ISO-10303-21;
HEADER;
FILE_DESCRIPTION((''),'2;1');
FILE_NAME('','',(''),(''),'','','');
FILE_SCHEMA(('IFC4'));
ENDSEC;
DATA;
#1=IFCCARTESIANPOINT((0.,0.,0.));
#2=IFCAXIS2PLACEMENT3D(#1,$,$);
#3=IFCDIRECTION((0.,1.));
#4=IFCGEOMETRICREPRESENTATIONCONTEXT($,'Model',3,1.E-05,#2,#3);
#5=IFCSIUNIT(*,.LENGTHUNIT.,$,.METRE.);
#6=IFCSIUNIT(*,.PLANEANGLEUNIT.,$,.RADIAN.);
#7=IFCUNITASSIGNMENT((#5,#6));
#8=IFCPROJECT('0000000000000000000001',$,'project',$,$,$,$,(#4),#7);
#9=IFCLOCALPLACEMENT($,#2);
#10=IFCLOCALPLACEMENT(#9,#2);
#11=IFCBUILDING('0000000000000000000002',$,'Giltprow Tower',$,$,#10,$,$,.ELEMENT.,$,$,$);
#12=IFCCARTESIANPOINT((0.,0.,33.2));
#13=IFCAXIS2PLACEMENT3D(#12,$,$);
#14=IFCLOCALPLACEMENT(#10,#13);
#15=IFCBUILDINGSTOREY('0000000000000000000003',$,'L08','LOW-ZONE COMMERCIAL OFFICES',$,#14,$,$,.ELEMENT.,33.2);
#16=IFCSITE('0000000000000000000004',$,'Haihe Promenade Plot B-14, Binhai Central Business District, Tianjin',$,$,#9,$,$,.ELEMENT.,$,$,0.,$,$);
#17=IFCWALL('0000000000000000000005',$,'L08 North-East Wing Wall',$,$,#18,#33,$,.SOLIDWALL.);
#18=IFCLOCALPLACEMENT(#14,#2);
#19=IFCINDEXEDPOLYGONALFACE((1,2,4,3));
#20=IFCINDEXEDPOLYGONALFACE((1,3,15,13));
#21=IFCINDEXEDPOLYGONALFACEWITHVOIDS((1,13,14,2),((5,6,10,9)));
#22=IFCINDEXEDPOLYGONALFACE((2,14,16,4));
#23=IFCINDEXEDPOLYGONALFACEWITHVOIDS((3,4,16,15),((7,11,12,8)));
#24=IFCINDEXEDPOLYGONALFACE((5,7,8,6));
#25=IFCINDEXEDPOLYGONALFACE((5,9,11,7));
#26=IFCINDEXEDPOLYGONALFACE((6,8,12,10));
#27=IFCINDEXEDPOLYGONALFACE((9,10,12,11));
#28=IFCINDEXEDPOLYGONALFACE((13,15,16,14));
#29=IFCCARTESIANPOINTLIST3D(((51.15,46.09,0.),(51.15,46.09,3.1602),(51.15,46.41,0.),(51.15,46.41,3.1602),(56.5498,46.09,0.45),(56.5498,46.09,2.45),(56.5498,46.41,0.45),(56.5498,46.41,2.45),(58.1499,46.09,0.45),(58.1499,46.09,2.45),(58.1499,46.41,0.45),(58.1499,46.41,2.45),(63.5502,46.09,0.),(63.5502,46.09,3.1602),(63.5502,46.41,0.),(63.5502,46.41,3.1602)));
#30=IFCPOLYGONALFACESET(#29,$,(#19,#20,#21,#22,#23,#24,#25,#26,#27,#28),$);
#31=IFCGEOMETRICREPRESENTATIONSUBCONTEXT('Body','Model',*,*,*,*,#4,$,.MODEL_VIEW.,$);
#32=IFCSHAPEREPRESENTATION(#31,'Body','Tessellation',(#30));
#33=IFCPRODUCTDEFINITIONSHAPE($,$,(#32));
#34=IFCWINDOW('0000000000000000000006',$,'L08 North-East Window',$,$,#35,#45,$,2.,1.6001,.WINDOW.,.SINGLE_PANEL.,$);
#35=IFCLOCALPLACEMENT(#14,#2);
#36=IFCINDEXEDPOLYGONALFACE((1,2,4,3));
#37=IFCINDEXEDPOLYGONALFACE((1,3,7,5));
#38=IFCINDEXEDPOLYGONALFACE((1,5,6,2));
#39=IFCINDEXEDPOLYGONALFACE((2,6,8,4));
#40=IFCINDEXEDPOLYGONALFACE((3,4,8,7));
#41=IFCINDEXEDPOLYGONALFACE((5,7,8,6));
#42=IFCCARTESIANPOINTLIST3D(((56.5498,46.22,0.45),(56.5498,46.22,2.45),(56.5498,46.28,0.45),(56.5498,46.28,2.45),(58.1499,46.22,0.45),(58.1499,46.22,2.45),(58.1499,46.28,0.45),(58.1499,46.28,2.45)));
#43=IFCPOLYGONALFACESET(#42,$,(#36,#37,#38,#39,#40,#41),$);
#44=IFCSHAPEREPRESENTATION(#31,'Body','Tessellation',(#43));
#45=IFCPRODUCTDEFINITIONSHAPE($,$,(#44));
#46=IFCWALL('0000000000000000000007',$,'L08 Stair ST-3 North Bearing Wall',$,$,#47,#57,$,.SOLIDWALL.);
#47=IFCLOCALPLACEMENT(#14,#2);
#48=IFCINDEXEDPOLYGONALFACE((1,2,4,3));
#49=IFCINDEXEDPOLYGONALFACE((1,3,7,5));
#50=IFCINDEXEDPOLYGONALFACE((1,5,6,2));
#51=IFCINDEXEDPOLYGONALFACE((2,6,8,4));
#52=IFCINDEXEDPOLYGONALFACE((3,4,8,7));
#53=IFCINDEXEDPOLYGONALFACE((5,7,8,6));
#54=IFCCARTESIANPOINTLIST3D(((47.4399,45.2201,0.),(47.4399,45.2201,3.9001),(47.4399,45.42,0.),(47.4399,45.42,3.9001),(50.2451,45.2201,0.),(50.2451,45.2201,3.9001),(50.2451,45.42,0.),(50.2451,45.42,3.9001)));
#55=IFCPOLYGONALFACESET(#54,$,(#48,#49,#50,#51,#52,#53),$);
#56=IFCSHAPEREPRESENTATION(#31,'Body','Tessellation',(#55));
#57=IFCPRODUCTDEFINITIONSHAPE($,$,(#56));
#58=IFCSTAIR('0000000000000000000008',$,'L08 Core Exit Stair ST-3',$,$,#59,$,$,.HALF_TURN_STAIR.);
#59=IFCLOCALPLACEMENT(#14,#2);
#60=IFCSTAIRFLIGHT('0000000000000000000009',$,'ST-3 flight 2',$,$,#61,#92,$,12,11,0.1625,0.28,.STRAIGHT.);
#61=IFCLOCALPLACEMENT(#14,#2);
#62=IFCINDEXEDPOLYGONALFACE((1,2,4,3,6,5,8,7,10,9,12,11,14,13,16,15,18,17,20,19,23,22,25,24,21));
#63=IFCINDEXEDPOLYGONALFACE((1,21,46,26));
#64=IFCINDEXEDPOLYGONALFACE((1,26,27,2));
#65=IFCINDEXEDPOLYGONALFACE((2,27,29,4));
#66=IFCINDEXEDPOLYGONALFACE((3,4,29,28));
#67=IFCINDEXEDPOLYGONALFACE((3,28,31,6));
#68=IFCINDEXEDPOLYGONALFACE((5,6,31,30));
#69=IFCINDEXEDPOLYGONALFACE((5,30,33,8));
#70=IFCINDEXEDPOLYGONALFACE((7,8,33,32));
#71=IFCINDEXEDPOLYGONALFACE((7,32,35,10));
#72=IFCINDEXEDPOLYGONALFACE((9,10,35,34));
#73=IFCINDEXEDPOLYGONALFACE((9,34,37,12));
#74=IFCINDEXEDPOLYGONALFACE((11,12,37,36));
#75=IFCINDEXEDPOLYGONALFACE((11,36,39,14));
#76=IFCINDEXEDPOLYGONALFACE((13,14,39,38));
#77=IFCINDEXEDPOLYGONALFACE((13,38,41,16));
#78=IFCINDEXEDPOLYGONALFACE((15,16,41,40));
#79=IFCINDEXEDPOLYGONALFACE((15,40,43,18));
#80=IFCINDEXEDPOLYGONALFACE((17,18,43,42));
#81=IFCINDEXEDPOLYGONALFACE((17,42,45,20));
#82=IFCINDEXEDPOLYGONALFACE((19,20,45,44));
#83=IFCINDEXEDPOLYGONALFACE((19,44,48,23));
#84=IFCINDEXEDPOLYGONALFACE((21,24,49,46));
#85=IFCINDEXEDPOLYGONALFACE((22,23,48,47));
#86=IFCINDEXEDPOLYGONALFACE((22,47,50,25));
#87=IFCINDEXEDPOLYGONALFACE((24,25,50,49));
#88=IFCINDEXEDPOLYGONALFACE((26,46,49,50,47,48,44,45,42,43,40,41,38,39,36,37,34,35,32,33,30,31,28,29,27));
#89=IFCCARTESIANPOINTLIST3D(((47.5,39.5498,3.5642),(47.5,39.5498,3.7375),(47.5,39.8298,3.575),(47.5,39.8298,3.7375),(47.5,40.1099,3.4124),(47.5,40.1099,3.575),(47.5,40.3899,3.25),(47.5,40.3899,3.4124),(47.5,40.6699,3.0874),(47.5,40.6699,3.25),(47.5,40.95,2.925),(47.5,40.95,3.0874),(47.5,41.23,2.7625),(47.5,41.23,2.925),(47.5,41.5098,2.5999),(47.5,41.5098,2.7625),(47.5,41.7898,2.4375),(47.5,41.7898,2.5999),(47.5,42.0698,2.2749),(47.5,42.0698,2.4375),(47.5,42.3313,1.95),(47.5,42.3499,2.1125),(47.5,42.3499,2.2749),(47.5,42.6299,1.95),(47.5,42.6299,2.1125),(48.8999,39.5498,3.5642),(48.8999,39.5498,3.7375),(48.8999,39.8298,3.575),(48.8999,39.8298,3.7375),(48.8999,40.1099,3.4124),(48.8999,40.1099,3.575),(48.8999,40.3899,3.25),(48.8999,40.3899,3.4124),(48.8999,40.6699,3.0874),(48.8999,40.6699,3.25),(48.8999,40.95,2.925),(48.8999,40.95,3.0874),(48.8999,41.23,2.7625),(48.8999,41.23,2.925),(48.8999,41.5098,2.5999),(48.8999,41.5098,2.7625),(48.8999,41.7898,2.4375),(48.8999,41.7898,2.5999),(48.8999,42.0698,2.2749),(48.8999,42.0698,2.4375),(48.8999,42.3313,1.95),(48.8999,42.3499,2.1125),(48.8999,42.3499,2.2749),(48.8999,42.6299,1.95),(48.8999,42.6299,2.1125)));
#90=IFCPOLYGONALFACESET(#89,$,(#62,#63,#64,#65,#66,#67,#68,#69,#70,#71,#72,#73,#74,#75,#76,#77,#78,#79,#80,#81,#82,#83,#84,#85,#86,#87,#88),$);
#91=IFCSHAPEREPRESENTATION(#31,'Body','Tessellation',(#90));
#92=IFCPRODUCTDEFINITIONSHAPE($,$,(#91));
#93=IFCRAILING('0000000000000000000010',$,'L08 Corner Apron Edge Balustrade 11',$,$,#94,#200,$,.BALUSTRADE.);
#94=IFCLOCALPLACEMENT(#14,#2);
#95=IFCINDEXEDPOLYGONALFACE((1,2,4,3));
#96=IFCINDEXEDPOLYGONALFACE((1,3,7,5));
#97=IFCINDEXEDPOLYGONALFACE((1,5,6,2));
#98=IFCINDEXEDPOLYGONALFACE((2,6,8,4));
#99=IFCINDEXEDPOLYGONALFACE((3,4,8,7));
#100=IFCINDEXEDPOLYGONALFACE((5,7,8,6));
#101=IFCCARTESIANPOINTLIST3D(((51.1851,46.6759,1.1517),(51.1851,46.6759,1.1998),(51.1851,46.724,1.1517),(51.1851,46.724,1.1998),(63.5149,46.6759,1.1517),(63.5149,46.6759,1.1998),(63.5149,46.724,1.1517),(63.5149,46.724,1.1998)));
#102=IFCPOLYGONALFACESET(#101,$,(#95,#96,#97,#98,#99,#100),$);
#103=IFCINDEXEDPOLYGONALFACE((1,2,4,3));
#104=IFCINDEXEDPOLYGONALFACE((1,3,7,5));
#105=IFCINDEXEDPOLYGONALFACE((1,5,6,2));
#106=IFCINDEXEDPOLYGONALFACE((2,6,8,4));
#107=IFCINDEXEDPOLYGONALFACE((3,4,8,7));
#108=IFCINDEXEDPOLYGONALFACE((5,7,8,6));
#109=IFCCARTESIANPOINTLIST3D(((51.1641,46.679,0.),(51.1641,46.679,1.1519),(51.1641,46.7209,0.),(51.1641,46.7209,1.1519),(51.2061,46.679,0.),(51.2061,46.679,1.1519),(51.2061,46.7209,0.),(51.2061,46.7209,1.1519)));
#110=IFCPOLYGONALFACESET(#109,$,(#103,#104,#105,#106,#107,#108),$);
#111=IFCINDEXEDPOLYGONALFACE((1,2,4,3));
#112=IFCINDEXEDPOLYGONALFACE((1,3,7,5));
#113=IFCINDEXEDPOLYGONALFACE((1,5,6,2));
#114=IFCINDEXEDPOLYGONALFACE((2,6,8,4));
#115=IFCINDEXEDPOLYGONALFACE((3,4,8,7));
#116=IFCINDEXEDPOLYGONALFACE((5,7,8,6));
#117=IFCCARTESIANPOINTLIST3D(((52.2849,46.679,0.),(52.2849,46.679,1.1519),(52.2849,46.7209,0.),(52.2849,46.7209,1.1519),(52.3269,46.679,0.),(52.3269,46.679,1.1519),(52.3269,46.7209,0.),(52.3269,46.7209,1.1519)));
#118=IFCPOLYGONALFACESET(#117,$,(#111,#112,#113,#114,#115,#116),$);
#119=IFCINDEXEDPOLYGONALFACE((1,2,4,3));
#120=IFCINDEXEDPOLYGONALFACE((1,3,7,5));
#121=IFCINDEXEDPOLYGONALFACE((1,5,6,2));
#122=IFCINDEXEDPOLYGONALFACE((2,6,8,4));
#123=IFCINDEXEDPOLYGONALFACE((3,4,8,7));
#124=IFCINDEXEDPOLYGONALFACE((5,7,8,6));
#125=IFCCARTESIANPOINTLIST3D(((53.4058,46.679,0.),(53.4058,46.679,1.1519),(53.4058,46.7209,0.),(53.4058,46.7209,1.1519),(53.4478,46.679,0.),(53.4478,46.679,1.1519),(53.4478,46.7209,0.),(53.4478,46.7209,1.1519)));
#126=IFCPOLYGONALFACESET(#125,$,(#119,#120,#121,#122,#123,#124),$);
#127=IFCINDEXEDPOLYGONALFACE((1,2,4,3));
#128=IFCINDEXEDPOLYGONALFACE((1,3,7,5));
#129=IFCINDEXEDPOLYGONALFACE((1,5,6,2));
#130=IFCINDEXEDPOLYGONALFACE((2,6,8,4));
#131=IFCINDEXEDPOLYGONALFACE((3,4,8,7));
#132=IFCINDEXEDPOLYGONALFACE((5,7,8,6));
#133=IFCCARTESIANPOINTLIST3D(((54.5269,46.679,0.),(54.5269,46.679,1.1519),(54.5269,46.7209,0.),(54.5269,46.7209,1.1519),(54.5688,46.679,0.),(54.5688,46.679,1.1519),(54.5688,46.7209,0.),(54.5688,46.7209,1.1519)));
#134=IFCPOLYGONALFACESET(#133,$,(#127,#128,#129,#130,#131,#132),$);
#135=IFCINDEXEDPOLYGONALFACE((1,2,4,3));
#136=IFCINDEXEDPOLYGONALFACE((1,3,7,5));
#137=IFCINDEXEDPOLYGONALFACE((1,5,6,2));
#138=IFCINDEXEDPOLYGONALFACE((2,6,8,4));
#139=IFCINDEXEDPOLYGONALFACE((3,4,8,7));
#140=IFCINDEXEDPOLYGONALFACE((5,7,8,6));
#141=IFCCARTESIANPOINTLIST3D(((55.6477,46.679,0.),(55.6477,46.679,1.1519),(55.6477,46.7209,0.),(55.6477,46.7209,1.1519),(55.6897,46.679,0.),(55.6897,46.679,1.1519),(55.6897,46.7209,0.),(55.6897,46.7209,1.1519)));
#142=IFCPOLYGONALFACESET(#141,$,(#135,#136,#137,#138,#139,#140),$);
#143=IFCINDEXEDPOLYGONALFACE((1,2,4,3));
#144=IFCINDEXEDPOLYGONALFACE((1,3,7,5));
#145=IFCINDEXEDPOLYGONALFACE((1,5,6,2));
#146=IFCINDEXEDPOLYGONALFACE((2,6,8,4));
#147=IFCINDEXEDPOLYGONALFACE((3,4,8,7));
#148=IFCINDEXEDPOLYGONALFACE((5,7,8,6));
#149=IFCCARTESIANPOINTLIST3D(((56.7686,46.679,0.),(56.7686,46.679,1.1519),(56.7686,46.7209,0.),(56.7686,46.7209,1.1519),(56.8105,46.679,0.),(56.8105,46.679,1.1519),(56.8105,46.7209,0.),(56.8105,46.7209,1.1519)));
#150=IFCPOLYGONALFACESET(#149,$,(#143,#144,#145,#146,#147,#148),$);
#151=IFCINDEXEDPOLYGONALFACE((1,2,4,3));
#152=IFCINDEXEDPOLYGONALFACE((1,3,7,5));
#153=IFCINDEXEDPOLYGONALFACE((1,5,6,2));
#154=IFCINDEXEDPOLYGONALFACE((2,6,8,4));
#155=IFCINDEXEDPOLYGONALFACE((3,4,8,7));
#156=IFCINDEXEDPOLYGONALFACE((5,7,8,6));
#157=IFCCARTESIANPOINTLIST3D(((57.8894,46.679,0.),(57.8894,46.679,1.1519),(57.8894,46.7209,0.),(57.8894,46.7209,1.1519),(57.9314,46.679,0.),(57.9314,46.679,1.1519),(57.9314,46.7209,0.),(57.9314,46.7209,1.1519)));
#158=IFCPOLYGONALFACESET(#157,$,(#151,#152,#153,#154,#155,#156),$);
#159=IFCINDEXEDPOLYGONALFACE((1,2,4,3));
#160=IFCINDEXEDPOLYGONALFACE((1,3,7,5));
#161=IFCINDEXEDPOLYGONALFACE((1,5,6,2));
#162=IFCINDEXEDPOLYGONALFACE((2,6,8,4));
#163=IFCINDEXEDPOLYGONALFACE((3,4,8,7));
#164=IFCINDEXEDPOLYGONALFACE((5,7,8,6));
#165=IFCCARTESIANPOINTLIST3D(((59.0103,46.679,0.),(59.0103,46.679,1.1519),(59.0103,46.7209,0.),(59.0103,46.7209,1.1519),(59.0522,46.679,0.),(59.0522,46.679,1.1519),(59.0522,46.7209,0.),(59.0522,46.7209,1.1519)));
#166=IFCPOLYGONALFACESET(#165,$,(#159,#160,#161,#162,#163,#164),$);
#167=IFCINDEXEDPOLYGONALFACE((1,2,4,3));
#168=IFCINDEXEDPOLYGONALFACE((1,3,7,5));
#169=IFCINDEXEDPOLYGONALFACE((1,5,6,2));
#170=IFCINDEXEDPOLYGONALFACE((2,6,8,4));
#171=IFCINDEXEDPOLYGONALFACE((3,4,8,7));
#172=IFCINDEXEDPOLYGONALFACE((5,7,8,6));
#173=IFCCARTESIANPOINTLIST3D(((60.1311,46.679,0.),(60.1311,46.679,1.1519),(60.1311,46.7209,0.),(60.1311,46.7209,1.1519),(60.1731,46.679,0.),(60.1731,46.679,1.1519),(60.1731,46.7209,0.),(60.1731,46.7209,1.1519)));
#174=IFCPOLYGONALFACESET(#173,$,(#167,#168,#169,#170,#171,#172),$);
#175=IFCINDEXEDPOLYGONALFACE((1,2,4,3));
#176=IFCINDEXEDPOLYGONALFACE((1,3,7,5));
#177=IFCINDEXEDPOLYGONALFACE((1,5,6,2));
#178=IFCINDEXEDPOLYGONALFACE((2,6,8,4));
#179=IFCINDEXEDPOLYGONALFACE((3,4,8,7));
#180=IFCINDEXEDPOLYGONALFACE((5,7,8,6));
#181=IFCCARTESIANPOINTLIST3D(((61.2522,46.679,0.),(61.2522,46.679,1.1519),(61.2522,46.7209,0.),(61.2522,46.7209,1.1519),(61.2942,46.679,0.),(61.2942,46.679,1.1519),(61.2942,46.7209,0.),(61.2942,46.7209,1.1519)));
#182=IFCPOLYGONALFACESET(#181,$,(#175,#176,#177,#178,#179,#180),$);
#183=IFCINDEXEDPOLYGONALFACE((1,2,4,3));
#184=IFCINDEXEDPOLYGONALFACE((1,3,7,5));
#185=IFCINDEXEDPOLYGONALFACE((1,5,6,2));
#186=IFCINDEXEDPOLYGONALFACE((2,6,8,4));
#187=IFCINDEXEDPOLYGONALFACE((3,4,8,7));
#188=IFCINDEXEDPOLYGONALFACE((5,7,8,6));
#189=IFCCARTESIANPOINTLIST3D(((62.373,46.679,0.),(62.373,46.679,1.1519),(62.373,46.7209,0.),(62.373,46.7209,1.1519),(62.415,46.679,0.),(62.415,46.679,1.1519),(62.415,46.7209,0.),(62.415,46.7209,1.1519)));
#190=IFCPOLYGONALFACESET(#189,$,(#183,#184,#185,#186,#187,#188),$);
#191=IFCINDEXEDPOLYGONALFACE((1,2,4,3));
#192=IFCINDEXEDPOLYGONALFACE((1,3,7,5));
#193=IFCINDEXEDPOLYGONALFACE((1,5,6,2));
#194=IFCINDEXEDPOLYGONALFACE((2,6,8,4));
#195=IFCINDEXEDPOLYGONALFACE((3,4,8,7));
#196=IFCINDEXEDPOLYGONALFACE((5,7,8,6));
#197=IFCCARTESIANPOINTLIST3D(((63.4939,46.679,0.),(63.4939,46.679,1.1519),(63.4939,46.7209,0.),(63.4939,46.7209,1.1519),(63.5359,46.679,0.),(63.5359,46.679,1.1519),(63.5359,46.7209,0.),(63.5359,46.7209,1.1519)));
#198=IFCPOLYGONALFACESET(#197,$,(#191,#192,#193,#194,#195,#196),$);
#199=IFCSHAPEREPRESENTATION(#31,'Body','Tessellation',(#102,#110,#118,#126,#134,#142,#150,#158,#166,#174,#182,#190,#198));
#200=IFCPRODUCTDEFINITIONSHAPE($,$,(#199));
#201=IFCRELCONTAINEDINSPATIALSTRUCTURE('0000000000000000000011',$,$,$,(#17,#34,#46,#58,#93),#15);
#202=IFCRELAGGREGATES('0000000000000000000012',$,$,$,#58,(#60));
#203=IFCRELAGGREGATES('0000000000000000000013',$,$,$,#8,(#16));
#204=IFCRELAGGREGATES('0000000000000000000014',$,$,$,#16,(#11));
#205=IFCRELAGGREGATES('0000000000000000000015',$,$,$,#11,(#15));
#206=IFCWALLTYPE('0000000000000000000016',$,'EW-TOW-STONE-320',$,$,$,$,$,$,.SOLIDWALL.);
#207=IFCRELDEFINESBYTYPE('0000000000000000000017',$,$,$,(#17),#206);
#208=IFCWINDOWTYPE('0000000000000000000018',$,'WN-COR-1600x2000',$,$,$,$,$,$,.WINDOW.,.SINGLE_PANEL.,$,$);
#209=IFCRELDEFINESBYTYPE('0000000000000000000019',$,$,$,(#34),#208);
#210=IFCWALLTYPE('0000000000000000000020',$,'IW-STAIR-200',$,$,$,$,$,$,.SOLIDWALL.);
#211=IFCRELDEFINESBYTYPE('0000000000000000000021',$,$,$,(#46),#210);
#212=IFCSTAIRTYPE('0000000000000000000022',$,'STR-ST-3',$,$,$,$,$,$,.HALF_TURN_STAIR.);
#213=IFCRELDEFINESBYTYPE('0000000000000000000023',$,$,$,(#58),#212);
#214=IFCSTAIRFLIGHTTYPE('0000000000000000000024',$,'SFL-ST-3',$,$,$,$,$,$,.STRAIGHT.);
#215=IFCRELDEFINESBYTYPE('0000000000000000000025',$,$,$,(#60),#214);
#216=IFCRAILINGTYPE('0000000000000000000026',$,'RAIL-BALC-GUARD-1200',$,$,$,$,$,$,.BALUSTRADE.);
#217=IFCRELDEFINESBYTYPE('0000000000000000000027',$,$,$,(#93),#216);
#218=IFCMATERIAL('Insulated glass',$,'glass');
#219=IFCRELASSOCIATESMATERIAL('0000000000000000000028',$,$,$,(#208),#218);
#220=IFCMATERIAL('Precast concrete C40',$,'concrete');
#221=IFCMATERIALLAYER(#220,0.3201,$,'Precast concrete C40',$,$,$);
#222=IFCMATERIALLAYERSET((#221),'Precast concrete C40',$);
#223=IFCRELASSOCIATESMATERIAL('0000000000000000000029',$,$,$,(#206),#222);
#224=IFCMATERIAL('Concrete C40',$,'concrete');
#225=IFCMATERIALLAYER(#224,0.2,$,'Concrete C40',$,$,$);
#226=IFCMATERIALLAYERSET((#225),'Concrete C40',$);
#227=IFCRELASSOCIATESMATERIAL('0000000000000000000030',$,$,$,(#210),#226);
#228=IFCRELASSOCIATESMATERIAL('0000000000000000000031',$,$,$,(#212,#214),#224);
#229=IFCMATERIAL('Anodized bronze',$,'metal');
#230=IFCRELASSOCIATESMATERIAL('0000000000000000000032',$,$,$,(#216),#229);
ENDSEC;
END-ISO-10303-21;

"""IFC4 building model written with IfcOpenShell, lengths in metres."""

from ifc_helpers import new_model, si_unit, direction, frame, frame_2d, origin, origin_2d, place, context, subcontext, project, spatial, polyline, rectangle, outline, extrude, source, transform, mapped, material, layer, layer_set, type_object, element, fill, aggregate, save


model = new_model("IFC4")

# Units and contexts
model_context = context("Model", 3, precision=1e-05, world=origin(), true_north=direction((0.0, 1.0)))
body_context = subcontext(model_context, "Body", "Model", "MODEL_VIEW")
ifc_project = project(units=[si_unit("LENGTHUNIT", "METRE"), si_unit("PLANEANGLEUNIT", "RADIAN")], contexts=[model_context])

# Site, building, storey
site_placement = place(None, origin())
site = spatial("IfcSite", under=ifc_project, at=site_placement, Name="Haihe Promenade Plot B-14, Binhai Central Business District, Tianjin", CompositionType="ELEMENT", RefElevation=0.0)
building_placement = place(site_placement, origin())
building = spatial("IfcBuilding", under=site, at=building_placement, Name="Giltprow Tower", CompositionType="ELEMENT")
storey_placement = place(building_placement, frame((0.0, 0.0, 33.2)))
storey = spatial("IfcBuildingStorey", under=building, at=storey_placement, Name="L08", Description="LOW-ZONE COMMERCIAL OFFICES", CompositionType="ELEMENT", Elevation=33.2)

# Wall, opening, window
ifc_material_1 = material(Name="Precast concrete C40", Category="concrete")
ifc_material_2 = material(Name="Insulated glass", Category="glass")
window_type = type_object("IfcWindowType", Name="WN-COR-1600x2000", PartitioningType="SINGLE_PANEL", PredefinedType="WINDOW", material=ifc_material_2)
shared_shape_1 = source(origin(), body_context, "Body", "SweptSolid", [
    extrude(rectangle(XDim=1.6001, YDim=2.0, at=frame_2d((0.8, 1.0))), frame((0.0, 0.03, 0.0), z_axis=(0.0, -1.0, 0.0), x_axis=(1.0, 0.0, 0.0)), (0.0, 0.0, 1.0), 0.0601),
])
ifc_layer_1 = layer(ifc_material_1, 0.3201, Name="Precast concrete C40")
ifc_layer_set_1 = layer_set([ifc_layer_1], Name="Precast concrete C40")
wall_type_1 = type_object("IfcWallType", Name="EW-TOW-STONE-320", PredefinedType="SOLIDWALL", material=ifc_layer_set_1)
wall_1_placement = place(storey_placement, frame((51.1499, 46.25, 0.0), z_axis=(0.0, 0.0, 1.0), x_axis=(1.0, 0.0, 0.0)))
wall_1 = element("IfcWall", 1, at=wall_1_placement, inside=storey, type_object=wall_type_1, Name="L08 North-East Wing Wall", PredefinedType="SOLIDWALL", context=body_context, shape_type="SweptSolid", body=[
    extrude(rectangle(XDim=12.4001, YDim=0.3201, at=frame_2d((6.2002, 0.0))), origin(), (0.0, 0.0, 1.0), 3.1602),
])
opening_1_placement = place(wall_1_placement, frame((5.3999, 0.0, 0.45)))
opening_1 = element("IfcOpeningElement", 2, at=opening_1_placement, cuts=wall_1, PredefinedType="OPENING", context=body_context, shape_type="SweptSolid", body=[
    extrude(rectangle(XDim=1.6001, YDim=2.0, at=frame_2d((0.8, 1.0))), frame((0.0, 0.1699, 0.0), z_axis=(0.0, -1.0, 0.0), x_axis=(1.0, 0.0, 0.0)), (0.0, 0.0, 1.0), 0.3401),
])
window_1_placement = place(opening_1_placement, origin())
window_1 = element("IfcWindow", 3, at=window_1_placement, inside=storey, type_object=window_type, Name="L08 North-East Window", OverallHeight=2.0, OverallWidth=1.6001, PartitioningType="SINGLE_PANEL", PredefinedType="WINDOW", context=body_context, shape_type="MappedRepresentation", body=[
    mapped(shared_shape_1, transform((0.0, 0.0, 0.0), x_axis=(1.0, 0.0, 0.0), y_axis=(0.0, 1.0, 0.0), z_axis=(0.0, 0.0, 1.0), scale=1.0)),
])
fill(opening_1, window_1)

# Wall
ifc_material_3 = material(Name="Concrete C40", Category="concrete")
ifc_layer_2 = layer(ifc_material_3, 0.2, Name="Concrete C40")
ifc_layer_set_2 = layer_set([ifc_layer_2], Name="Concrete C40")
wall_type_2 = type_object("IfcWallType", Name="IW-STAIR-200", PredefinedType="SOLIDWALL", material=ifc_layer_set_2)
wall_2_placement = place(storey_placement, frame((47.4399, 45.3201, 0.0), z_axis=(0.0, 0.0, 1.0), x_axis=(1.0, 0.0, 0.0)))
element("IfcWall", 4, at=wall_2_placement, inside=storey, type_object=wall_type_2, Name="L08 Stair ST-3 North Bearing Wall", PredefinedType="SOLIDWALL", context=body_context, shape_type="SweptSolid", body=[
    extrude(rectangle(XDim=2.8052, YDim=0.2, at=frame_2d((1.4026, 0.0))), origin(), (0.0, 0.0, 1.0), 3.9001),
])

# Stair, stair flight
stair_type = type_object("IfcStairType", Name="STR-ST-3", PredefinedType="HALF_TURN_STAIR", material=ifc_material_3)
stair_placement = place(storey_placement, origin())
stair = element("IfcStair", 5, at=stair_placement, inside=storey, type_object=stair_type, Name="L08 Core Exit Stair ST-3", PredefinedType="HALF_TURN_STAIR")
stair_flight_type = type_object("IfcStairFlightType", Name="SFL-ST-3", PredefinedType="STRAIGHT", material=ifc_material_3)
stair_flight_placement = place(storey_placement, frame((48.2, 42.6299, 1.95), z_axis=(0.0, 0.0, 1.0), x_axis=(0.0, -1.0, 0.0)))
stair_flight = element("IfcStairFlight", 6, at=stair_flight_placement, type_object=stair_flight_type, Name="ST-3 flight 2", NumberOfRisers=12, NumberOfTreads=11, PredefinedType="STRAIGHT", RiserHeight=0.1625, TreadLength=0.28, context=body_context, shape_type="SweptSolid", body=[
    extrude(outline(polyline([(0.0, 0.0), (0.0, 0.1626), (0.28, 0.1626), (0.28, 0.325), (0.5601, 0.325), (0.5601, 0.4875), (0.8401, 0.4875), (0.8401, 0.6499), (1.1201, 0.6499), (1.1201, 0.8125), (1.3999, 0.8125), (1.3999, 0.9751), (1.6799, 0.9751), (1.6799, 1.1375), (1.96, 1.1375), (1.96, 1.3), (2.24, 1.3), (2.24, 1.4624), (2.52, 1.4624), (2.52, 1.625), (2.8, 1.625), (2.8, 1.7876), (3.0801, 1.7876), (3.0801, 1.95), (3.0801, 1.6143), (0.2986, 0.0), (0.0, 0.0)])), frame((0.0, 0.7, 0.0), z_axis=(0.0, -1.0, 0.0), x_axis=(1.0, 0.0, 0.0)), (0.0, 0.0, 1.0), 1.3999),
])
aggregate(stair, [stair_flight])

# Railing
ifc_material_4 = material(Name="Anodized bronze", Category="metal")
railing_type_1 = type_object("IfcRailingType", Name="RAIL-BALC-GUARD-1200", PredefinedType="BALUSTRADE", material=ifc_material_4)
railing_1_placement = place(storey_placement, frame((51.1851, 46.7, 0.0)))
element("IfcRailing", 7, at=railing_1_placement, inside=storey, type_object=railing_type_1, Name="L08 Corner Apron Edge Balustrade 11", PredefinedType="BALUSTRADE", context=body_context, shape_type="SweptSolid", body=[
    extrude(rectangle(XDim=0.0481, YDim=0.0481, at=origin_2d()), frame((0.0, 0.0, 1.1758), z_axis=(1.0, 0.0, 0.0), x_axis=(0.0, 1.0, 0.0)), (0.0, 0.0, 1.0), 12.3298),
    extrude(rectangle(XDim=0.042, YDim=0.042, at=origin_2d()), origin(), (0.0, 0.0, 1.0), 1.1519),
    extrude(rectangle(XDim=0.042, YDim=0.042, at=origin_2d()), frame((1.1208, 0.0, 0.0)), (0.0, 0.0, 1.0), 1.1519),
    extrude(rectangle(XDim=0.042, YDim=0.042, at=origin_2d()), frame((2.2417, 0.0, 0.0)), (0.0, 0.0, 1.0), 1.1519),
    extrude(rectangle(XDim=0.042, YDim=0.042, at=origin_2d()), frame((3.3628, 0.0, 0.0)), (0.0, 0.0, 1.0), 1.1519),
    extrude(rectangle(XDim=0.042, YDim=0.042, at=origin_2d()), frame((4.4836, 0.0, 0.0)), (0.0, 0.0, 1.0), 1.1519),
    extrude(rectangle(XDim=0.042, YDim=0.042, at=origin_2d()), frame((5.6045, 0.0, 0.0)), (0.0, 0.0, 1.0), 1.1519),
    extrude(rectangle(XDim=0.042, YDim=0.042, at=origin_2d()), frame((6.7253, 0.0, 0.0)), (0.0, 0.0, 1.0), 1.1519),
    extrude(rectangle(XDim=0.042, YDim=0.042, at=origin_2d()), frame((7.8462, 0.0, 0.0)), (0.0, 0.0, 1.0), 1.1519),
    extrude(rectangle(XDim=0.042, YDim=0.042, at=origin_2d()), frame((8.967, 0.0, 0.0)), (0.0, 0.0, 1.0), 1.1519),
    extrude(rectangle(XDim=0.042, YDim=0.042, at=origin_2d()), frame((10.0881, 0.0, 0.0)), (0.0, 0.0, 1.0), 1.1519),
    extrude(rectangle(XDim=0.042, YDim=0.042, at=origin_2d()), frame((11.209, 0.0, 0.0)), (0.0, 0.0, 1.0), 1.1519),
    extrude(rectangle(XDim=0.042, YDim=0.042, at=origin_2d()), frame((12.3298, 0.0, 0.0)), (0.0, 0.0, 1.0), 1.1519),
])

save(model, "model.ifc")
